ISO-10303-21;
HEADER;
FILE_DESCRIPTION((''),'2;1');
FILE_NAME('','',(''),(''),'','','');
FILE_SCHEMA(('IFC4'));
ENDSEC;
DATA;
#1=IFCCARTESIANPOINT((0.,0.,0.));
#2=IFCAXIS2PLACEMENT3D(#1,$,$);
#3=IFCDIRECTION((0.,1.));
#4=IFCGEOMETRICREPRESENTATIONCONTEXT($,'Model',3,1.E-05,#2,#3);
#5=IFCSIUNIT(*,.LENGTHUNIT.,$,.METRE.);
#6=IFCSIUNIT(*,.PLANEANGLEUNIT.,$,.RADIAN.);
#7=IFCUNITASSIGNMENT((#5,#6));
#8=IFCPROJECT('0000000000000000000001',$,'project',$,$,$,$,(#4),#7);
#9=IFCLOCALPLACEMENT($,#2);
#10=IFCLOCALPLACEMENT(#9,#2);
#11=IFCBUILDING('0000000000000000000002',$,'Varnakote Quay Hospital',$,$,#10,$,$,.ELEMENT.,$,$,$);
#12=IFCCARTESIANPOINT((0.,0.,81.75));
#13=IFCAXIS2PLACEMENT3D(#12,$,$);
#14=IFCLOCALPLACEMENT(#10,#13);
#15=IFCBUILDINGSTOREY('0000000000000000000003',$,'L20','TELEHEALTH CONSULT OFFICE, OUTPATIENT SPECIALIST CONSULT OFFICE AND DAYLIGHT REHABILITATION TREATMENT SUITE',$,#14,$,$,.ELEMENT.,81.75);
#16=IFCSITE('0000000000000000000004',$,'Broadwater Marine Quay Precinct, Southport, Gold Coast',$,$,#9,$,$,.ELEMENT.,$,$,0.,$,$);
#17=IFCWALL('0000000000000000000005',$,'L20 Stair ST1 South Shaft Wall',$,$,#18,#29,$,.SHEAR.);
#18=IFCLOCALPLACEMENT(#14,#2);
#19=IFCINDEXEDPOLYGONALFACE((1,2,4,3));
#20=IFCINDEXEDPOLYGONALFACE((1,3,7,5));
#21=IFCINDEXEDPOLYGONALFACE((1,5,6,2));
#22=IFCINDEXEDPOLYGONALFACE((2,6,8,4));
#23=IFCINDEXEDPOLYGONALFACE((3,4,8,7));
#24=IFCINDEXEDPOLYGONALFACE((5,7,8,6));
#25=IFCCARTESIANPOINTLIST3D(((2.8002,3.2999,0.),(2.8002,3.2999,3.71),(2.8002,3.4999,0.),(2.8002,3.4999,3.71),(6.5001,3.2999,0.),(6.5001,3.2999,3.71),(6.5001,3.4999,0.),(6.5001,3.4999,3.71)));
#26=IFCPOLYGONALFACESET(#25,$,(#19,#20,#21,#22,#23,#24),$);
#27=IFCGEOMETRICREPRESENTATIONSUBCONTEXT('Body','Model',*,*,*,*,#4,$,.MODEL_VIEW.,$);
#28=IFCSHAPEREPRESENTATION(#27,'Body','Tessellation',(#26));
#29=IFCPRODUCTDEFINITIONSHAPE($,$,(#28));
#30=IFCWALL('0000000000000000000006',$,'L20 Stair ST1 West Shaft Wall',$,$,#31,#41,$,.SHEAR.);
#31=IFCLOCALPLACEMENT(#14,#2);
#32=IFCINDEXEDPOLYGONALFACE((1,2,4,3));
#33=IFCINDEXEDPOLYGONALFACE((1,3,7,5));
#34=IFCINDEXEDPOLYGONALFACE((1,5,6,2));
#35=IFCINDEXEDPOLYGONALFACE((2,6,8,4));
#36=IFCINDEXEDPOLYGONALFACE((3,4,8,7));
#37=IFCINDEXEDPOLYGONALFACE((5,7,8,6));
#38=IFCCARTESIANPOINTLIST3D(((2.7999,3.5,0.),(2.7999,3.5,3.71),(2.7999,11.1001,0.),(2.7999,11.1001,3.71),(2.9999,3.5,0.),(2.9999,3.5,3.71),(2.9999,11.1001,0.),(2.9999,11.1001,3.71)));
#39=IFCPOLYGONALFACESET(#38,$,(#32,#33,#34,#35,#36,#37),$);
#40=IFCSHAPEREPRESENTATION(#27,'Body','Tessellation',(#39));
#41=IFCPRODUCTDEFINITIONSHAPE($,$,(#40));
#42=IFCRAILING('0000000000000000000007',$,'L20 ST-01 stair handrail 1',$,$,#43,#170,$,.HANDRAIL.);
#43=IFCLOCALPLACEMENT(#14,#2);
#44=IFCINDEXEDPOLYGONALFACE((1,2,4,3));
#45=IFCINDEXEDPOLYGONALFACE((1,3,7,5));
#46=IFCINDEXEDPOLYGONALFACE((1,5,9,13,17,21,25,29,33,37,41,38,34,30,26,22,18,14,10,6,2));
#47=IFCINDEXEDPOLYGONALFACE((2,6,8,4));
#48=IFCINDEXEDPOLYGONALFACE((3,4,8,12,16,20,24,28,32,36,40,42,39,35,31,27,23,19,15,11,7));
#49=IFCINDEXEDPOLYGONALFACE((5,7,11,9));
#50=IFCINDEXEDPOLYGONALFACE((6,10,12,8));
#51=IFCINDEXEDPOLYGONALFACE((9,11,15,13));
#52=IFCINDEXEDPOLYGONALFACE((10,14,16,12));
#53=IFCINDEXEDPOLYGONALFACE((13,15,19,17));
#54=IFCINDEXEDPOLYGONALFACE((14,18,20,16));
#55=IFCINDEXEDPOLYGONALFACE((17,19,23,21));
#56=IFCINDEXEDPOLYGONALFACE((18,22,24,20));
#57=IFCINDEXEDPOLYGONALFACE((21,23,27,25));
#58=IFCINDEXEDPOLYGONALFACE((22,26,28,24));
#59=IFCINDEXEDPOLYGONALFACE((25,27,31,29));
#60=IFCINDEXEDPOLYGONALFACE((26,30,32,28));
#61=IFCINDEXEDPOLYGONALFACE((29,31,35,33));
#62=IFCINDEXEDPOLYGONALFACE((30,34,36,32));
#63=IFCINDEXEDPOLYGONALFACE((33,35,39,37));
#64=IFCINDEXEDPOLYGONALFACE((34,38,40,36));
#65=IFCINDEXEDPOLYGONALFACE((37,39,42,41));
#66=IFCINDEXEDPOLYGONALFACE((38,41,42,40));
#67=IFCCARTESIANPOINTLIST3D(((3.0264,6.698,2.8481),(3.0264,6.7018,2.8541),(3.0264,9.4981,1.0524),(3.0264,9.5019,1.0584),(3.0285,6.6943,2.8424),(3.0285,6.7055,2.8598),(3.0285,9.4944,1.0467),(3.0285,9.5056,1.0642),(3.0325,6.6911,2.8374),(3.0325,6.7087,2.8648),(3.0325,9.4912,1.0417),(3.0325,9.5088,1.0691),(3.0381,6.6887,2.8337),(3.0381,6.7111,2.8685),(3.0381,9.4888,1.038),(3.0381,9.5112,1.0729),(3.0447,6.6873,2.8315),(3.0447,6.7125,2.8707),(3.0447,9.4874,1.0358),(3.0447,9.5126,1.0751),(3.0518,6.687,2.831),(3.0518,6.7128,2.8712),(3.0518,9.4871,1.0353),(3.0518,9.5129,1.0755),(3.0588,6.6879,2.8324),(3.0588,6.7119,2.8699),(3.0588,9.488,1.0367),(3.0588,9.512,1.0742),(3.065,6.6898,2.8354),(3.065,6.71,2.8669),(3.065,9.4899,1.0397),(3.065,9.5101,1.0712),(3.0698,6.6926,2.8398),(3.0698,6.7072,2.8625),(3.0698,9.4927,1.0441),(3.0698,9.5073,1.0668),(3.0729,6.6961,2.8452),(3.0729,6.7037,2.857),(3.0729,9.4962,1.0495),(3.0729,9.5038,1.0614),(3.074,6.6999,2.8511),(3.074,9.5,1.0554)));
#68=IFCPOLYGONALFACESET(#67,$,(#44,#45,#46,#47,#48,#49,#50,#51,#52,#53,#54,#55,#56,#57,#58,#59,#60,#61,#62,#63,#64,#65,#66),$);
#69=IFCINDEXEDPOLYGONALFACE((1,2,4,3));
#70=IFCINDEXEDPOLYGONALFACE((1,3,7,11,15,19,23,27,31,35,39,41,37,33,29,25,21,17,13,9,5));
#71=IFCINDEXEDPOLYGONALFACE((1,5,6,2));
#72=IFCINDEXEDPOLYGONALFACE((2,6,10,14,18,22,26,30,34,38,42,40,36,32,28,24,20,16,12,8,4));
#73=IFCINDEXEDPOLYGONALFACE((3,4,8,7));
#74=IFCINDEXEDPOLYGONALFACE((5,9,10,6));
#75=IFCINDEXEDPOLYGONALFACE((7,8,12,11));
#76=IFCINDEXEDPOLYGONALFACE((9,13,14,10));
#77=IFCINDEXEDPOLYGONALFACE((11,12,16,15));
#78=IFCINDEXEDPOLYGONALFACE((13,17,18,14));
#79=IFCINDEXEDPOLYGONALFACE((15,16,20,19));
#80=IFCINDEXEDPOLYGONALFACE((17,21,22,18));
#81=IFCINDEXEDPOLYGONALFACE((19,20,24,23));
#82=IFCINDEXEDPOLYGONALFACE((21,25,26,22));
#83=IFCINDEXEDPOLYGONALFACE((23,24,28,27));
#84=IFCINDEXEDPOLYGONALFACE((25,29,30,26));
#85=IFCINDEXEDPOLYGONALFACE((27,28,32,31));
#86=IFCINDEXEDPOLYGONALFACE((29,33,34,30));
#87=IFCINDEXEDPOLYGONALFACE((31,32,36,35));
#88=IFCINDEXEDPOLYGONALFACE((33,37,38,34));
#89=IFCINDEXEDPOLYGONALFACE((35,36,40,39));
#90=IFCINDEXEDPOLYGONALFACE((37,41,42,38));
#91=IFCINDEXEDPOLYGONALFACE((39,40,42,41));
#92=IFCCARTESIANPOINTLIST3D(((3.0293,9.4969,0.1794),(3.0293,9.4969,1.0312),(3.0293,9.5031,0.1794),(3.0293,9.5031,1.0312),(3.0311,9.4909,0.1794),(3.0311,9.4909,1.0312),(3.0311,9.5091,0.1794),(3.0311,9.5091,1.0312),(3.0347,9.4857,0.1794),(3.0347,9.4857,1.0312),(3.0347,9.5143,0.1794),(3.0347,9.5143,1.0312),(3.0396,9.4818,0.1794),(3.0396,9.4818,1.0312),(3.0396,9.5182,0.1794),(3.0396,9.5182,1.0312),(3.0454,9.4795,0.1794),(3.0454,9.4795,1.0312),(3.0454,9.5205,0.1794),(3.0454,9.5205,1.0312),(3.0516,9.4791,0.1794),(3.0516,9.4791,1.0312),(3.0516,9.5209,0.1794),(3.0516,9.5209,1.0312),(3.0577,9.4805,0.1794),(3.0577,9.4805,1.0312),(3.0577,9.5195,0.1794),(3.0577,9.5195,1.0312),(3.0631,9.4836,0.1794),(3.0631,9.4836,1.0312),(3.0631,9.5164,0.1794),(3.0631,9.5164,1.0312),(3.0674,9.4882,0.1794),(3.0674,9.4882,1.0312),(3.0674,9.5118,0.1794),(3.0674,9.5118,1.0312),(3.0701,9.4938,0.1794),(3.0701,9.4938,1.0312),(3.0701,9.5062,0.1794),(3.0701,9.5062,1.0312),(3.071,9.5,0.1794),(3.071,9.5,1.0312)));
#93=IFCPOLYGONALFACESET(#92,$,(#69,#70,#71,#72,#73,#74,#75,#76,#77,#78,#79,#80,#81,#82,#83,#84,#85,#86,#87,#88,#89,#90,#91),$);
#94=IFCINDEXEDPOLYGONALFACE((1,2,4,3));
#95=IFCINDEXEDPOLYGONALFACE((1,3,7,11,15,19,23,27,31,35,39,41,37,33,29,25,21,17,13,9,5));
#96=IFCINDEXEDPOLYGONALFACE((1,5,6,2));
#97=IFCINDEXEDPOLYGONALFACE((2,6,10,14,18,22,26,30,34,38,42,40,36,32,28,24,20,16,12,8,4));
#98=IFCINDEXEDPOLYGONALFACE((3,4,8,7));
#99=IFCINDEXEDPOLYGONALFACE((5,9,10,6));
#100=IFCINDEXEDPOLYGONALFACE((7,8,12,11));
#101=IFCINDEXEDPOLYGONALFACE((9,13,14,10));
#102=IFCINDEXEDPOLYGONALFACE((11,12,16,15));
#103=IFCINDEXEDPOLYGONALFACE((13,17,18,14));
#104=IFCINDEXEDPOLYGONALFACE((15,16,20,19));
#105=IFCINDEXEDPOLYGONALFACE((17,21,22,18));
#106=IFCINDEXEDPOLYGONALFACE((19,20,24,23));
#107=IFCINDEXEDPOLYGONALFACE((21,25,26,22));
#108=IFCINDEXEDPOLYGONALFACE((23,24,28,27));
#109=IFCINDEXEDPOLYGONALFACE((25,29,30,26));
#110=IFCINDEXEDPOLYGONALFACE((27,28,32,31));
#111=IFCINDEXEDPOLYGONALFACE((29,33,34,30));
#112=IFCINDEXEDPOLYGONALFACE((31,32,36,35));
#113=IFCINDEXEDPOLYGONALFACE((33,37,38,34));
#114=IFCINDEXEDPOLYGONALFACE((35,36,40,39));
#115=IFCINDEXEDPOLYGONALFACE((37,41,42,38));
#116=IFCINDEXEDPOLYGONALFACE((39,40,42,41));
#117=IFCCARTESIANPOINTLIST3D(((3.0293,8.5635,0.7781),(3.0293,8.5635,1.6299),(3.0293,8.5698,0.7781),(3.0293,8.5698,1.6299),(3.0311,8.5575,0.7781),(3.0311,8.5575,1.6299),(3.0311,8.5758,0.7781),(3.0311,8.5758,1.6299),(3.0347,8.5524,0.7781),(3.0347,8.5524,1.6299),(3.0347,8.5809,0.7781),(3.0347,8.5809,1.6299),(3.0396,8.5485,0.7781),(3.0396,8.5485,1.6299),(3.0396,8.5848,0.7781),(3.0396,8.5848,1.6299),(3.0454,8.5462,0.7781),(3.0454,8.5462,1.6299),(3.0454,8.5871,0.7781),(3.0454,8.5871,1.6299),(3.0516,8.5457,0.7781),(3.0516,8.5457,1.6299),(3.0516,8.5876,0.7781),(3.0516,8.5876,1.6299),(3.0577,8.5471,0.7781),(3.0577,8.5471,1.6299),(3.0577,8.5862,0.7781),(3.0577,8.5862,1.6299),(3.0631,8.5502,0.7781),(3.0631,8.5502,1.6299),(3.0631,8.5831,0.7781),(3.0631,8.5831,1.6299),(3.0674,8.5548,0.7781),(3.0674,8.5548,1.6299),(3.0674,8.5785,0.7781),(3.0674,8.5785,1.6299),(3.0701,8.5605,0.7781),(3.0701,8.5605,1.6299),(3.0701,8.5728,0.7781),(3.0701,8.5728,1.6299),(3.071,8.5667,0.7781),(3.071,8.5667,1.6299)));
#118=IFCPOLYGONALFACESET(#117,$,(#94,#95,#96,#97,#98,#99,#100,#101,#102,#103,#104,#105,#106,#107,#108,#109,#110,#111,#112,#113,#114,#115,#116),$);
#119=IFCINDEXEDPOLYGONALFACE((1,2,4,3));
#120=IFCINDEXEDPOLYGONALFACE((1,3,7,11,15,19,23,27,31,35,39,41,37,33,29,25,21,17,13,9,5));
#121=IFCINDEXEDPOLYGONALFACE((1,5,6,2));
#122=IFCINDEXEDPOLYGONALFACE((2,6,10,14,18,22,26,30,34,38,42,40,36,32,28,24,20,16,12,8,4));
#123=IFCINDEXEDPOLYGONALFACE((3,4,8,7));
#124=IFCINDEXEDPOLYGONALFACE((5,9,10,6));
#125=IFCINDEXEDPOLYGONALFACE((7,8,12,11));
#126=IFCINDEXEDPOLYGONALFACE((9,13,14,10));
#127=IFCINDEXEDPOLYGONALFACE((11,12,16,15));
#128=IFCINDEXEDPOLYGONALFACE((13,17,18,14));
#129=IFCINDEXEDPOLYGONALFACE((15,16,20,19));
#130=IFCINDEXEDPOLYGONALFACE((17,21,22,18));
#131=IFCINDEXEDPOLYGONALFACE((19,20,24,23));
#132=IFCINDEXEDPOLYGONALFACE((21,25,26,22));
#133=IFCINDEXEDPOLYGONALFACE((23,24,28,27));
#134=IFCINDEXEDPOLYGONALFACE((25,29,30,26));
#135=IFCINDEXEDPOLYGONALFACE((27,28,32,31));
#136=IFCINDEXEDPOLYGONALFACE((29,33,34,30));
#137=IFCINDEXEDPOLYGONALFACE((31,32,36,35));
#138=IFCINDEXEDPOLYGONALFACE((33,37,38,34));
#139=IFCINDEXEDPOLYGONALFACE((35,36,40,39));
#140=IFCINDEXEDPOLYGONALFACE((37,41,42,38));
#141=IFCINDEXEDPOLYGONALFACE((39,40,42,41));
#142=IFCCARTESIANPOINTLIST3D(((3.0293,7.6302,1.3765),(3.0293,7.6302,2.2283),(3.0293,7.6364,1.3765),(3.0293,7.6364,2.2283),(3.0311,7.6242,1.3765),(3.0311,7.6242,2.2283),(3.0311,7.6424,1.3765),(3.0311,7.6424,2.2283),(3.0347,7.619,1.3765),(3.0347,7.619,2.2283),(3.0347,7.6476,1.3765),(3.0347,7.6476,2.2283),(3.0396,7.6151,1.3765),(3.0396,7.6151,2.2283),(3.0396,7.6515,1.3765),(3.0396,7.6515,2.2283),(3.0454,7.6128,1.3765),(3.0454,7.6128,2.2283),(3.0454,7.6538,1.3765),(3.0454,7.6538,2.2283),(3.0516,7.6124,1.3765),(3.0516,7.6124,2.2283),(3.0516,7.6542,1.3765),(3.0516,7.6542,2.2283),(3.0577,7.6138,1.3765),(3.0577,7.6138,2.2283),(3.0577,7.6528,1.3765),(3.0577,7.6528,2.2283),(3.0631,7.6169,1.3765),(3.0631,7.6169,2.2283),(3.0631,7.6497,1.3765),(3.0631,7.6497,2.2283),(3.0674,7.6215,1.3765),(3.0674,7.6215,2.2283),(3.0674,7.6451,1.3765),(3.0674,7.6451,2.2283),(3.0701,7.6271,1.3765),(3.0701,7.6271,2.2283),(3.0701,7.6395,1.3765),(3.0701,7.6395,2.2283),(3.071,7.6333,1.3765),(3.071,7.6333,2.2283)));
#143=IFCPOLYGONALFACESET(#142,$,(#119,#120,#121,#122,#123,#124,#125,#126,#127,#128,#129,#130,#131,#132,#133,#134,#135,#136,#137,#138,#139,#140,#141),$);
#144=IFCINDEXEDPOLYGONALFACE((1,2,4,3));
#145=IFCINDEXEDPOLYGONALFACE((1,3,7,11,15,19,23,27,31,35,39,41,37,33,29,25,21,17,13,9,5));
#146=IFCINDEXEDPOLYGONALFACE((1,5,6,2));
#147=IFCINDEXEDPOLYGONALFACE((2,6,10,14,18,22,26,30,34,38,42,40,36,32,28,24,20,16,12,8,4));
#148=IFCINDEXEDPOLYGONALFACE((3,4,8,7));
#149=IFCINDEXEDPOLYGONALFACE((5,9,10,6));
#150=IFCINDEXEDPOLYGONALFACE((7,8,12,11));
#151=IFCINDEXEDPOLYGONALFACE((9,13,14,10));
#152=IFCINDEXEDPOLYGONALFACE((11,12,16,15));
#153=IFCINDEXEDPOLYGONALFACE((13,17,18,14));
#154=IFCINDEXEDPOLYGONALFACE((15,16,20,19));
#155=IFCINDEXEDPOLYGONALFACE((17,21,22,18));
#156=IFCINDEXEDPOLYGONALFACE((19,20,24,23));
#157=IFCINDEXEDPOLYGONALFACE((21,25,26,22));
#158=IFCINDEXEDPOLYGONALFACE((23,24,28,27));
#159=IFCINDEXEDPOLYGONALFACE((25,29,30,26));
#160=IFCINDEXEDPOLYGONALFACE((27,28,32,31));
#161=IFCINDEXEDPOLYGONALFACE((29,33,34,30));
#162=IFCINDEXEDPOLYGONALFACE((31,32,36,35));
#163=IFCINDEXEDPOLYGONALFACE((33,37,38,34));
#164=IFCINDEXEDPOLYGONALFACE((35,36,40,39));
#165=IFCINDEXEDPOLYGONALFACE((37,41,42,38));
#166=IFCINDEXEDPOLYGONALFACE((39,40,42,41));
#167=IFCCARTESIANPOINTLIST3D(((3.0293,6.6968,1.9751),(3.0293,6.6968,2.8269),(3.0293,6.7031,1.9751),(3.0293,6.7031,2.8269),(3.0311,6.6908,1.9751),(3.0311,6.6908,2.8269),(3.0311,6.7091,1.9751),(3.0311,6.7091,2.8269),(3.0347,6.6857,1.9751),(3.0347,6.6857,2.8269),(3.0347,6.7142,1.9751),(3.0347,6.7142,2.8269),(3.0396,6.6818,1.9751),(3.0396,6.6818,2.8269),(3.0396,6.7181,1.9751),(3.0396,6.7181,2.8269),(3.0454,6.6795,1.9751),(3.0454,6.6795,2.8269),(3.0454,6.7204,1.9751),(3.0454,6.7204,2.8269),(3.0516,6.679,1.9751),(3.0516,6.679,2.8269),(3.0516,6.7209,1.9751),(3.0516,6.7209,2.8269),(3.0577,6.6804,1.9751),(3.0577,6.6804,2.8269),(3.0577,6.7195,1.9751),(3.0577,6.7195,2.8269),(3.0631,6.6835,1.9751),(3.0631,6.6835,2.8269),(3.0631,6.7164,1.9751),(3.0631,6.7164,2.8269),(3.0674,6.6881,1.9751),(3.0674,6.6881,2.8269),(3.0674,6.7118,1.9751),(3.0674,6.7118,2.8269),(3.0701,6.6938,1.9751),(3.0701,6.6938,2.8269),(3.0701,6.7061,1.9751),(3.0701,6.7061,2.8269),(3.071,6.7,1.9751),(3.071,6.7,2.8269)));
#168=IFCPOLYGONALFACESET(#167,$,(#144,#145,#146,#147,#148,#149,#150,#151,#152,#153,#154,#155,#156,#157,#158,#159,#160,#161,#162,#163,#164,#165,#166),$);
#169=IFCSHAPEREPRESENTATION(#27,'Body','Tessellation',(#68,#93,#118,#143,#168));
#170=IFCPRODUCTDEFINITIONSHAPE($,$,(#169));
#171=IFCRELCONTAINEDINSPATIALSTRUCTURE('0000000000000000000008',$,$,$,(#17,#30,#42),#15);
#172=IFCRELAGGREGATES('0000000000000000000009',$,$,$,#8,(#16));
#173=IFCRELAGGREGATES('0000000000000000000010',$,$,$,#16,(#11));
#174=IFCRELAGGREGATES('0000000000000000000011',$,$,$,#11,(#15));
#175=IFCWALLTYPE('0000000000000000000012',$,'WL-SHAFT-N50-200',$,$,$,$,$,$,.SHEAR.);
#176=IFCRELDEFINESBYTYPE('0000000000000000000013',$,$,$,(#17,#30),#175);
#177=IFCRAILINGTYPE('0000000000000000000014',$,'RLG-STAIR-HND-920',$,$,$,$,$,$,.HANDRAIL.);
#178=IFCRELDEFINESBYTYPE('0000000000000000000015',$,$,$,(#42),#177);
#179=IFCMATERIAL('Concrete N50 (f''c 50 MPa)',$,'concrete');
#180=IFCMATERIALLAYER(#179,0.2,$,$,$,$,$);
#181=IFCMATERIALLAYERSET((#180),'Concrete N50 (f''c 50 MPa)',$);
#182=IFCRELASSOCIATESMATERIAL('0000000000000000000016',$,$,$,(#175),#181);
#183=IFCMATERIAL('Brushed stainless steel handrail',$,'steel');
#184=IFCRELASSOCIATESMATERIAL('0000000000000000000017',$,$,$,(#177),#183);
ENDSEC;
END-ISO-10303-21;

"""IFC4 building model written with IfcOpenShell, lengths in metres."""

from ifc_helpers import new_model, si_unit, direction, frame, frame_2d, origin, origin_2d, place, context, subcontext, project, spatial, rectangle, circle, extrude, material, layer, layer_set, type_object, element, save


model = new_model("IFC4")

# Units and contexts
model_context = context("Model", 3, precision=1e-05, world=origin(), true_north=direction((0.0, 1.0)))
body_context = subcontext(model_context, "Body", "Model", "MODEL_VIEW")
ifc_project = project(units=[si_unit("LENGTHUNIT", "METRE"), si_unit("PLANEANGLEUNIT", "RADIAN")], contexts=[model_context])

# Site, building, storey
site_placement = place(None, origin())
site = spatial("IfcSite", under=ifc_project, at=site_placement, Name="Broadwater Marine Quay Precinct, Southport, Gold Coast", CompositionType="ELEMENT", RefElevation=0.0)
building_placement = place(site_placement, origin())
building = spatial("IfcBuilding", under=site, at=building_placement, Name="Varnakote Quay Hospital", CompositionType="ELEMENT")
storey_placement = place(building_placement, frame((0.0, 0.0, 81.75)))
storey = spatial("IfcBuildingStorey", under=building, at=storey_placement, Name="L20", Description="TELEHEALTH CONSULT OFFICE, OUTPATIENT SPECIALIST CONSULT OFFICE AND DAYLIGHT REHABILITATION TREATMENT SUITE", CompositionType="ELEMENT", Elevation=81.75)

# Walls
ifc_material_1 = material(Name="Concrete N50 (f'c 50 MPa)", Category="concrete")
ifc_layer_1 = layer(ifc_material_1, 0.2)
ifc_layer_set_1 = layer_set([ifc_layer_1], Name="Concrete N50 (f'c 50 MPa)")
wall_type_1 = type_object("IfcWallType", Name="WL-SHAFT-N50-200", PredefinedType="SHEAR", material=ifc_layer_set_1)
wall_1_placement = place(storey_placement, frame((2.8, 3.3999, 0.0), z_axis=(0.0, 0.0, 1.0), x_axis=(1.0, 0.0, 0.0)))
element("IfcWall", 1, at=wall_1_placement, inside=storey, type_object=wall_type_1, Name="L20 Stair ST1 South Shaft Wall", PredefinedType="SHEAR", context=body_context, shape_type="SweptSolid", body=[
    extrude(rectangle(XDim=3.7, YDim=0.2, at=frame_2d((1.8501, 0.0))), origin(), (0.0, 0.0, 1.0), 3.71),
])
wall_2_placement = place(storey_placement, frame((2.8999, 3.5, 0.0), z_axis=(0.0, 0.0, 1.0), x_axis=(0.0, 1.0, 0.0)))
element("IfcWall", 2, at=wall_2_placement, inside=storey, type_object=wall_type_1, Name="L20 Stair ST1 West Shaft Wall", PredefinedType="SHEAR", context=body_context, shape_type="SweptSolid", body=[
    extrude(rectangle(XDim=7.6001, YDim=0.2, at=frame_2d((3.8, 0.0))), origin(), (0.0, 0.0, 1.0), 3.71),
])

# Railing
ifc_material_2 = material(Name="Brushed stainless steel handrail", Category="steel")
railing_type = type_object("IfcRailingType", Name="RLG-STAIR-HND-920", PredefinedType="HANDRAIL", material=ifc_material_2)
railing_placement = place(storey_placement, frame((3.05, 9.5, 0.1794)))
element("IfcRailing", 3, at=railing_placement, inside=storey, type_object=railing_type, Name="L20 ST-01 stair handrail 1", PredefinedType="HANDRAIL", context=body_context, shape_type="SweptSolid", body=[
    extrude(circle(Radius=0.0239, at=origin_2d()), frame((0.0, 0.0, 0.876), z_axis=(0.0, -0.841777, 0.539826), x_axis=(1.0, 0.0, 0.0)), (0.0, 0.0, 1.0), 3.3264),
    extrude(circle(Radius=0.021, at=origin_2d()), origin(), (0.0, 0.0, 1.0), 0.8518),
    extrude(circle(Radius=0.021, at=origin_2d()), frame((0.0, -0.9333, 0.5986)), (0.0, 0.0, 1.0), 0.8518),
    extrude(circle(Radius=0.021, at=origin_2d()), frame((0.0, -1.8667, 1.197)), (0.0, 0.0, 1.0), 0.8518),
    extrude(circle(Radius=0.021, at=origin_2d()), frame((0.0, -2.8, 1.7957)), (0.0, 0.0, 1.0), 0.8518),
])

save(model, "model.ifc")
